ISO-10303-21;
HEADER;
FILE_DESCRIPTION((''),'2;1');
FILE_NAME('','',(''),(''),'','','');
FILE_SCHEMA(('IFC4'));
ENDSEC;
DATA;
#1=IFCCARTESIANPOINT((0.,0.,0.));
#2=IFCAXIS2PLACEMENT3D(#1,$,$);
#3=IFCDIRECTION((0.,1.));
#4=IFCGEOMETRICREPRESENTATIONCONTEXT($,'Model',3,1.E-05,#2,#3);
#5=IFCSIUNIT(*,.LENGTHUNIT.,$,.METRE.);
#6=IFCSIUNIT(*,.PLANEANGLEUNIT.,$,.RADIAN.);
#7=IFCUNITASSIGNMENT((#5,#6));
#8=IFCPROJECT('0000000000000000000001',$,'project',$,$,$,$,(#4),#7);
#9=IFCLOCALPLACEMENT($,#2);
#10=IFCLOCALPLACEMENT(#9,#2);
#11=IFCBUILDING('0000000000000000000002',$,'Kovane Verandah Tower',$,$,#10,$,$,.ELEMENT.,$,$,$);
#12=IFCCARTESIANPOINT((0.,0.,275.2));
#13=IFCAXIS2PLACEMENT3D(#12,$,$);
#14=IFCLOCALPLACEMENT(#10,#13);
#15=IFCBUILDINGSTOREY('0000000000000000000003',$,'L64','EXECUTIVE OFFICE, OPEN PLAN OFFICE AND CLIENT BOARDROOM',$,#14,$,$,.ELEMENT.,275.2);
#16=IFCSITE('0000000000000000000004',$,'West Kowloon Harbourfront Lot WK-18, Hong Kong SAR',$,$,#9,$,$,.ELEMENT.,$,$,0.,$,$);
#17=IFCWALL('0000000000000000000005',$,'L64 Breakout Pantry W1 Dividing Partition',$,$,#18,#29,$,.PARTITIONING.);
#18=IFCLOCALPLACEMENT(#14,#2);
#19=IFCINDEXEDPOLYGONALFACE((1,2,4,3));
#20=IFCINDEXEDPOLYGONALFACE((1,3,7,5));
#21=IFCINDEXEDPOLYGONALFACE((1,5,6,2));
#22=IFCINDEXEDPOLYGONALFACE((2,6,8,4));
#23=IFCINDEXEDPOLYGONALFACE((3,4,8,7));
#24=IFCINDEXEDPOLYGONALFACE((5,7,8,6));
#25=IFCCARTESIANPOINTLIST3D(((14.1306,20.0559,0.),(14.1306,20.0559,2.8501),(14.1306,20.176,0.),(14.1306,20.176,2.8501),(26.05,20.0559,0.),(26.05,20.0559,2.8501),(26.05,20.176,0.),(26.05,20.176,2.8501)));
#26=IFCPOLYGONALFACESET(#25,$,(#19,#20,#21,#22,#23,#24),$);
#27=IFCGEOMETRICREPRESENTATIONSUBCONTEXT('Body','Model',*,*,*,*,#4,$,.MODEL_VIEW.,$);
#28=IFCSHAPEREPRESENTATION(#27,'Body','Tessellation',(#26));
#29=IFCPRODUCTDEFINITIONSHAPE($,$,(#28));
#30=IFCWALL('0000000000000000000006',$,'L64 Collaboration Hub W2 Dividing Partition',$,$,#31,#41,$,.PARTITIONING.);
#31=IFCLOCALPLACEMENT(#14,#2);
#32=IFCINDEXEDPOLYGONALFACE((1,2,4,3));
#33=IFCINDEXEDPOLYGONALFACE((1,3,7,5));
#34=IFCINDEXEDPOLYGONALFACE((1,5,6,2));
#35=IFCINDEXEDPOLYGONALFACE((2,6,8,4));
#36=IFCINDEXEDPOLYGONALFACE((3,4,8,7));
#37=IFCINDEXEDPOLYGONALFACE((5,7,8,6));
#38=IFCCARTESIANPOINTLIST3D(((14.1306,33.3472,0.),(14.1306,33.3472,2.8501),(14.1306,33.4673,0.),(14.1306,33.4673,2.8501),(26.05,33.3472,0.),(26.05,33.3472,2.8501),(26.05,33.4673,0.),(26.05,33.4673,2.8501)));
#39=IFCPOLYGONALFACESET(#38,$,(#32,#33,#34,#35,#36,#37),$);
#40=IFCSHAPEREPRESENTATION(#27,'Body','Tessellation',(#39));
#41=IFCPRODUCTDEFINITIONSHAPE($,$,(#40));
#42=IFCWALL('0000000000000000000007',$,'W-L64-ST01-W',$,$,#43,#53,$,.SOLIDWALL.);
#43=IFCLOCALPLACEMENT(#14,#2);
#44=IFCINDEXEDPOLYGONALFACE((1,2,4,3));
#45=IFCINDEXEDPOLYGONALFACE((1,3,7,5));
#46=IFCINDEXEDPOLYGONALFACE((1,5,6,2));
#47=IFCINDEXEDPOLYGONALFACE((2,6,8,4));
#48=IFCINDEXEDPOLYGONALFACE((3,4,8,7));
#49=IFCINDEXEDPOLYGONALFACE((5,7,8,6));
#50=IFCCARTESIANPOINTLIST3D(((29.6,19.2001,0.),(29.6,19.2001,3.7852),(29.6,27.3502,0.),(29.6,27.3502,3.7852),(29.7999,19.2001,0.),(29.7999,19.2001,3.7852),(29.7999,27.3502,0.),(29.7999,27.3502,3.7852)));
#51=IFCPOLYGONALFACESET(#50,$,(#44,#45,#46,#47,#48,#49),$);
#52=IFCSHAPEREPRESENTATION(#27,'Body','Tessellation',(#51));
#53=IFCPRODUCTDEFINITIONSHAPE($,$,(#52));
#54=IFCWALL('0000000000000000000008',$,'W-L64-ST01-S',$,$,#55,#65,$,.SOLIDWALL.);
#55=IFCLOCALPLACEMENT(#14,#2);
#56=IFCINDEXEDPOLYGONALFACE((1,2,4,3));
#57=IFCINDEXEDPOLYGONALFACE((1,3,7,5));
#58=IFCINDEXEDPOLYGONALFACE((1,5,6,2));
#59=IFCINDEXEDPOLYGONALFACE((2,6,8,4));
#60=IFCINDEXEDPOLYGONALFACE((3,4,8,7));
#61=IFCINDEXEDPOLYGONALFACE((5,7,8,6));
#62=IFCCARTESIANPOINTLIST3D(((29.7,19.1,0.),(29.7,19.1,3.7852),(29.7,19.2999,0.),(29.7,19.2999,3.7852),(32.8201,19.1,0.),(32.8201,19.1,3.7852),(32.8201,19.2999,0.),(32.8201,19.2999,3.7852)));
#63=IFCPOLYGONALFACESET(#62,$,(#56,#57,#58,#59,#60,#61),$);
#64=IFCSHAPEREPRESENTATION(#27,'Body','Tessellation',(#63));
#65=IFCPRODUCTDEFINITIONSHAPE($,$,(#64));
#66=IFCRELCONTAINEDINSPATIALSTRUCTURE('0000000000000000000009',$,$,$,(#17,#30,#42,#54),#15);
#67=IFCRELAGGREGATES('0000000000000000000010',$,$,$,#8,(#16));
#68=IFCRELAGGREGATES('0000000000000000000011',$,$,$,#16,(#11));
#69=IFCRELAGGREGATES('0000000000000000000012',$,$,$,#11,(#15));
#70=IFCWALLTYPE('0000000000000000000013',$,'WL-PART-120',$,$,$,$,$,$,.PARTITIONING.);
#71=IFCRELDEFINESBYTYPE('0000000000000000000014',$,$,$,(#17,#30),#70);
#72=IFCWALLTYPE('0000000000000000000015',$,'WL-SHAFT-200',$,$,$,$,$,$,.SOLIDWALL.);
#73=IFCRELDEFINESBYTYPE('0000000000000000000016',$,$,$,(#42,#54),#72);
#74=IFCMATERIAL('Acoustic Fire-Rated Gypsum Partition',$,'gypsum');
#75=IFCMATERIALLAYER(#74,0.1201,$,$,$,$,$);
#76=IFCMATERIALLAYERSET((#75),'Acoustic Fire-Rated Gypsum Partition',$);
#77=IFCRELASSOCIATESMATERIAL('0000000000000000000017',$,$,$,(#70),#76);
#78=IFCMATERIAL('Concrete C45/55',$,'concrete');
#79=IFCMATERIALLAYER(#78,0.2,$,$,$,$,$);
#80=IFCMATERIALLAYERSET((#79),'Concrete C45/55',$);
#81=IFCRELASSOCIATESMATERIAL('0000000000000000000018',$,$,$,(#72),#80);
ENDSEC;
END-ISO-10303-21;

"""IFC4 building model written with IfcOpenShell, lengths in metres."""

from ifc_helpers import new_model, si_unit, direction, frame, frame_2d, origin, place, context, subcontext, project, spatial, rectangle, extrude, material, layer, layer_set, type_object, element, save


model = new_model("IFC4")

# Units and contexts
model_context = context("Model", 3, precision=1e-05, world=origin(), true_north=direction((0.0, 1.0)))
body_context = subcontext(model_context, "Body", "Model", "MODEL_VIEW")
ifc_project = project(units=[si_unit("LENGTHUNIT", "METRE"), si_unit("PLANEANGLEUNIT", "RADIAN")], contexts=[model_context])

# Site, building, storey
site_placement = place(None, origin())
site = spatial("IfcSite", under=ifc_project, at=site_placement, Name="West Kowloon Harbourfront Lot WK-18, Hong Kong SAR", CompositionType="ELEMENT", RefElevation=0.0)
building_placement = place(site_placement, origin())
building = spatial("IfcBuilding", under=site, at=building_placement, Name="Kovane Verandah Tower", CompositionType="ELEMENT")
storey_placement = place(building_placement, frame((0.0, 0.0, 275.2)))
storey = spatial("IfcBuildingStorey", under=building, at=storey_placement, Name="L64", Description="EXECUTIVE OFFICE, OPEN PLAN OFFICE AND CLIENT BOARDROOM", CompositionType="ELEMENT", Elevation=275.2)

# Walls
ifc_material_1 = material(Name="Acoustic Fire-Rated Gypsum Partition", Category="gypsum")
ifc_layer_1 = layer(ifc_material_1, 0.1201)
ifc_layer_set_1 = layer_set([ifc_layer_1], Name="Acoustic Fire-Rated Gypsum Partition")
wall_type_1 = type_object("IfcWallType", Name="WL-PART-120", PredefinedType="PARTITIONING", material=ifc_layer_set_1)
for number, where, z_axis, x_axis, name in (
    (1, (14.1306, 20.116, 0.0), (0.0, 0.0, 1.0), (1.0, 0.0, 0.0), "L64 Breakout Pantry W1 Dividing Partition"),
    (2, (14.1306, 33.4072, 0.0), (0.0, 0.0, 1.0), (1.0, 0.0, 0.0), "L64 Collaboration Hub W2 Dividing Partition"),
):
    element("IfcWall", number, at=place(storey_placement, frame(where, z_axis=z_axis, x_axis=x_axis)), inside=storey, type_object=wall_type_1, Name=name, PredefinedType="PARTITIONING", context=body_context, shape_type="SweptSolid", body=[
        extrude(rectangle(XDim=11.9194, YDim=0.1201, at=frame_2d((5.9597, 0.0))), origin(), (0.0, 0.0, 1.0), 2.8501),
    ])
ifc_material_2 = material(Name="Concrete C45/55", Category="concrete")
ifc_layer_2 = layer(ifc_material_2, 0.2)
ifc_layer_set_2 = layer_set([ifc_layer_2], Name="Concrete C45/55")
wall_type_2 = type_object("IfcWallType", Name="WL-SHAFT-200", PredefinedType="SOLIDWALL", material=ifc_layer_set_2)
wall_1_placement = place(storey_placement, frame((29.7, 19.2, 0.0), z_axis=(0.0, 0.0, 1.0), x_axis=(0.0, 1.0, 0.0)))
element("IfcWall", 3, at=wall_1_placement, inside=storey, type_object=wall_type_2, Name="W-L64-ST01-W", PredefinedType="SOLIDWALL", context=body_context, shape_type="SweptSolid", body=[
    extrude(rectangle(XDim=8.1501, YDim=0.2, at=frame_2d((4.0752, 0.0))), origin(), (0.0, 0.0, 1.0), 3.7852),
])
wall_2_placement = place(storey_placement, frame((29.7, 19.2, 0.0), z_axis=(0.0, 0.0, 1.0), x_axis=(1.0, 0.0, 0.0)))
element("IfcWall", 4, at=wall_2_placement, inside=storey, type_object=wall_type_2, Name="W-L64-ST01-S", PredefinedType="SOLIDWALL", context=body_context, shape_type="SweptSolid", body=[
    extrude(rectangle(XDim=3.1201, YDim=0.2, at=frame_2d((1.5601, 0.0))), origin(), (0.0, 0.0, 1.0), 3.7852),
])

save(model, "model.ifc")
